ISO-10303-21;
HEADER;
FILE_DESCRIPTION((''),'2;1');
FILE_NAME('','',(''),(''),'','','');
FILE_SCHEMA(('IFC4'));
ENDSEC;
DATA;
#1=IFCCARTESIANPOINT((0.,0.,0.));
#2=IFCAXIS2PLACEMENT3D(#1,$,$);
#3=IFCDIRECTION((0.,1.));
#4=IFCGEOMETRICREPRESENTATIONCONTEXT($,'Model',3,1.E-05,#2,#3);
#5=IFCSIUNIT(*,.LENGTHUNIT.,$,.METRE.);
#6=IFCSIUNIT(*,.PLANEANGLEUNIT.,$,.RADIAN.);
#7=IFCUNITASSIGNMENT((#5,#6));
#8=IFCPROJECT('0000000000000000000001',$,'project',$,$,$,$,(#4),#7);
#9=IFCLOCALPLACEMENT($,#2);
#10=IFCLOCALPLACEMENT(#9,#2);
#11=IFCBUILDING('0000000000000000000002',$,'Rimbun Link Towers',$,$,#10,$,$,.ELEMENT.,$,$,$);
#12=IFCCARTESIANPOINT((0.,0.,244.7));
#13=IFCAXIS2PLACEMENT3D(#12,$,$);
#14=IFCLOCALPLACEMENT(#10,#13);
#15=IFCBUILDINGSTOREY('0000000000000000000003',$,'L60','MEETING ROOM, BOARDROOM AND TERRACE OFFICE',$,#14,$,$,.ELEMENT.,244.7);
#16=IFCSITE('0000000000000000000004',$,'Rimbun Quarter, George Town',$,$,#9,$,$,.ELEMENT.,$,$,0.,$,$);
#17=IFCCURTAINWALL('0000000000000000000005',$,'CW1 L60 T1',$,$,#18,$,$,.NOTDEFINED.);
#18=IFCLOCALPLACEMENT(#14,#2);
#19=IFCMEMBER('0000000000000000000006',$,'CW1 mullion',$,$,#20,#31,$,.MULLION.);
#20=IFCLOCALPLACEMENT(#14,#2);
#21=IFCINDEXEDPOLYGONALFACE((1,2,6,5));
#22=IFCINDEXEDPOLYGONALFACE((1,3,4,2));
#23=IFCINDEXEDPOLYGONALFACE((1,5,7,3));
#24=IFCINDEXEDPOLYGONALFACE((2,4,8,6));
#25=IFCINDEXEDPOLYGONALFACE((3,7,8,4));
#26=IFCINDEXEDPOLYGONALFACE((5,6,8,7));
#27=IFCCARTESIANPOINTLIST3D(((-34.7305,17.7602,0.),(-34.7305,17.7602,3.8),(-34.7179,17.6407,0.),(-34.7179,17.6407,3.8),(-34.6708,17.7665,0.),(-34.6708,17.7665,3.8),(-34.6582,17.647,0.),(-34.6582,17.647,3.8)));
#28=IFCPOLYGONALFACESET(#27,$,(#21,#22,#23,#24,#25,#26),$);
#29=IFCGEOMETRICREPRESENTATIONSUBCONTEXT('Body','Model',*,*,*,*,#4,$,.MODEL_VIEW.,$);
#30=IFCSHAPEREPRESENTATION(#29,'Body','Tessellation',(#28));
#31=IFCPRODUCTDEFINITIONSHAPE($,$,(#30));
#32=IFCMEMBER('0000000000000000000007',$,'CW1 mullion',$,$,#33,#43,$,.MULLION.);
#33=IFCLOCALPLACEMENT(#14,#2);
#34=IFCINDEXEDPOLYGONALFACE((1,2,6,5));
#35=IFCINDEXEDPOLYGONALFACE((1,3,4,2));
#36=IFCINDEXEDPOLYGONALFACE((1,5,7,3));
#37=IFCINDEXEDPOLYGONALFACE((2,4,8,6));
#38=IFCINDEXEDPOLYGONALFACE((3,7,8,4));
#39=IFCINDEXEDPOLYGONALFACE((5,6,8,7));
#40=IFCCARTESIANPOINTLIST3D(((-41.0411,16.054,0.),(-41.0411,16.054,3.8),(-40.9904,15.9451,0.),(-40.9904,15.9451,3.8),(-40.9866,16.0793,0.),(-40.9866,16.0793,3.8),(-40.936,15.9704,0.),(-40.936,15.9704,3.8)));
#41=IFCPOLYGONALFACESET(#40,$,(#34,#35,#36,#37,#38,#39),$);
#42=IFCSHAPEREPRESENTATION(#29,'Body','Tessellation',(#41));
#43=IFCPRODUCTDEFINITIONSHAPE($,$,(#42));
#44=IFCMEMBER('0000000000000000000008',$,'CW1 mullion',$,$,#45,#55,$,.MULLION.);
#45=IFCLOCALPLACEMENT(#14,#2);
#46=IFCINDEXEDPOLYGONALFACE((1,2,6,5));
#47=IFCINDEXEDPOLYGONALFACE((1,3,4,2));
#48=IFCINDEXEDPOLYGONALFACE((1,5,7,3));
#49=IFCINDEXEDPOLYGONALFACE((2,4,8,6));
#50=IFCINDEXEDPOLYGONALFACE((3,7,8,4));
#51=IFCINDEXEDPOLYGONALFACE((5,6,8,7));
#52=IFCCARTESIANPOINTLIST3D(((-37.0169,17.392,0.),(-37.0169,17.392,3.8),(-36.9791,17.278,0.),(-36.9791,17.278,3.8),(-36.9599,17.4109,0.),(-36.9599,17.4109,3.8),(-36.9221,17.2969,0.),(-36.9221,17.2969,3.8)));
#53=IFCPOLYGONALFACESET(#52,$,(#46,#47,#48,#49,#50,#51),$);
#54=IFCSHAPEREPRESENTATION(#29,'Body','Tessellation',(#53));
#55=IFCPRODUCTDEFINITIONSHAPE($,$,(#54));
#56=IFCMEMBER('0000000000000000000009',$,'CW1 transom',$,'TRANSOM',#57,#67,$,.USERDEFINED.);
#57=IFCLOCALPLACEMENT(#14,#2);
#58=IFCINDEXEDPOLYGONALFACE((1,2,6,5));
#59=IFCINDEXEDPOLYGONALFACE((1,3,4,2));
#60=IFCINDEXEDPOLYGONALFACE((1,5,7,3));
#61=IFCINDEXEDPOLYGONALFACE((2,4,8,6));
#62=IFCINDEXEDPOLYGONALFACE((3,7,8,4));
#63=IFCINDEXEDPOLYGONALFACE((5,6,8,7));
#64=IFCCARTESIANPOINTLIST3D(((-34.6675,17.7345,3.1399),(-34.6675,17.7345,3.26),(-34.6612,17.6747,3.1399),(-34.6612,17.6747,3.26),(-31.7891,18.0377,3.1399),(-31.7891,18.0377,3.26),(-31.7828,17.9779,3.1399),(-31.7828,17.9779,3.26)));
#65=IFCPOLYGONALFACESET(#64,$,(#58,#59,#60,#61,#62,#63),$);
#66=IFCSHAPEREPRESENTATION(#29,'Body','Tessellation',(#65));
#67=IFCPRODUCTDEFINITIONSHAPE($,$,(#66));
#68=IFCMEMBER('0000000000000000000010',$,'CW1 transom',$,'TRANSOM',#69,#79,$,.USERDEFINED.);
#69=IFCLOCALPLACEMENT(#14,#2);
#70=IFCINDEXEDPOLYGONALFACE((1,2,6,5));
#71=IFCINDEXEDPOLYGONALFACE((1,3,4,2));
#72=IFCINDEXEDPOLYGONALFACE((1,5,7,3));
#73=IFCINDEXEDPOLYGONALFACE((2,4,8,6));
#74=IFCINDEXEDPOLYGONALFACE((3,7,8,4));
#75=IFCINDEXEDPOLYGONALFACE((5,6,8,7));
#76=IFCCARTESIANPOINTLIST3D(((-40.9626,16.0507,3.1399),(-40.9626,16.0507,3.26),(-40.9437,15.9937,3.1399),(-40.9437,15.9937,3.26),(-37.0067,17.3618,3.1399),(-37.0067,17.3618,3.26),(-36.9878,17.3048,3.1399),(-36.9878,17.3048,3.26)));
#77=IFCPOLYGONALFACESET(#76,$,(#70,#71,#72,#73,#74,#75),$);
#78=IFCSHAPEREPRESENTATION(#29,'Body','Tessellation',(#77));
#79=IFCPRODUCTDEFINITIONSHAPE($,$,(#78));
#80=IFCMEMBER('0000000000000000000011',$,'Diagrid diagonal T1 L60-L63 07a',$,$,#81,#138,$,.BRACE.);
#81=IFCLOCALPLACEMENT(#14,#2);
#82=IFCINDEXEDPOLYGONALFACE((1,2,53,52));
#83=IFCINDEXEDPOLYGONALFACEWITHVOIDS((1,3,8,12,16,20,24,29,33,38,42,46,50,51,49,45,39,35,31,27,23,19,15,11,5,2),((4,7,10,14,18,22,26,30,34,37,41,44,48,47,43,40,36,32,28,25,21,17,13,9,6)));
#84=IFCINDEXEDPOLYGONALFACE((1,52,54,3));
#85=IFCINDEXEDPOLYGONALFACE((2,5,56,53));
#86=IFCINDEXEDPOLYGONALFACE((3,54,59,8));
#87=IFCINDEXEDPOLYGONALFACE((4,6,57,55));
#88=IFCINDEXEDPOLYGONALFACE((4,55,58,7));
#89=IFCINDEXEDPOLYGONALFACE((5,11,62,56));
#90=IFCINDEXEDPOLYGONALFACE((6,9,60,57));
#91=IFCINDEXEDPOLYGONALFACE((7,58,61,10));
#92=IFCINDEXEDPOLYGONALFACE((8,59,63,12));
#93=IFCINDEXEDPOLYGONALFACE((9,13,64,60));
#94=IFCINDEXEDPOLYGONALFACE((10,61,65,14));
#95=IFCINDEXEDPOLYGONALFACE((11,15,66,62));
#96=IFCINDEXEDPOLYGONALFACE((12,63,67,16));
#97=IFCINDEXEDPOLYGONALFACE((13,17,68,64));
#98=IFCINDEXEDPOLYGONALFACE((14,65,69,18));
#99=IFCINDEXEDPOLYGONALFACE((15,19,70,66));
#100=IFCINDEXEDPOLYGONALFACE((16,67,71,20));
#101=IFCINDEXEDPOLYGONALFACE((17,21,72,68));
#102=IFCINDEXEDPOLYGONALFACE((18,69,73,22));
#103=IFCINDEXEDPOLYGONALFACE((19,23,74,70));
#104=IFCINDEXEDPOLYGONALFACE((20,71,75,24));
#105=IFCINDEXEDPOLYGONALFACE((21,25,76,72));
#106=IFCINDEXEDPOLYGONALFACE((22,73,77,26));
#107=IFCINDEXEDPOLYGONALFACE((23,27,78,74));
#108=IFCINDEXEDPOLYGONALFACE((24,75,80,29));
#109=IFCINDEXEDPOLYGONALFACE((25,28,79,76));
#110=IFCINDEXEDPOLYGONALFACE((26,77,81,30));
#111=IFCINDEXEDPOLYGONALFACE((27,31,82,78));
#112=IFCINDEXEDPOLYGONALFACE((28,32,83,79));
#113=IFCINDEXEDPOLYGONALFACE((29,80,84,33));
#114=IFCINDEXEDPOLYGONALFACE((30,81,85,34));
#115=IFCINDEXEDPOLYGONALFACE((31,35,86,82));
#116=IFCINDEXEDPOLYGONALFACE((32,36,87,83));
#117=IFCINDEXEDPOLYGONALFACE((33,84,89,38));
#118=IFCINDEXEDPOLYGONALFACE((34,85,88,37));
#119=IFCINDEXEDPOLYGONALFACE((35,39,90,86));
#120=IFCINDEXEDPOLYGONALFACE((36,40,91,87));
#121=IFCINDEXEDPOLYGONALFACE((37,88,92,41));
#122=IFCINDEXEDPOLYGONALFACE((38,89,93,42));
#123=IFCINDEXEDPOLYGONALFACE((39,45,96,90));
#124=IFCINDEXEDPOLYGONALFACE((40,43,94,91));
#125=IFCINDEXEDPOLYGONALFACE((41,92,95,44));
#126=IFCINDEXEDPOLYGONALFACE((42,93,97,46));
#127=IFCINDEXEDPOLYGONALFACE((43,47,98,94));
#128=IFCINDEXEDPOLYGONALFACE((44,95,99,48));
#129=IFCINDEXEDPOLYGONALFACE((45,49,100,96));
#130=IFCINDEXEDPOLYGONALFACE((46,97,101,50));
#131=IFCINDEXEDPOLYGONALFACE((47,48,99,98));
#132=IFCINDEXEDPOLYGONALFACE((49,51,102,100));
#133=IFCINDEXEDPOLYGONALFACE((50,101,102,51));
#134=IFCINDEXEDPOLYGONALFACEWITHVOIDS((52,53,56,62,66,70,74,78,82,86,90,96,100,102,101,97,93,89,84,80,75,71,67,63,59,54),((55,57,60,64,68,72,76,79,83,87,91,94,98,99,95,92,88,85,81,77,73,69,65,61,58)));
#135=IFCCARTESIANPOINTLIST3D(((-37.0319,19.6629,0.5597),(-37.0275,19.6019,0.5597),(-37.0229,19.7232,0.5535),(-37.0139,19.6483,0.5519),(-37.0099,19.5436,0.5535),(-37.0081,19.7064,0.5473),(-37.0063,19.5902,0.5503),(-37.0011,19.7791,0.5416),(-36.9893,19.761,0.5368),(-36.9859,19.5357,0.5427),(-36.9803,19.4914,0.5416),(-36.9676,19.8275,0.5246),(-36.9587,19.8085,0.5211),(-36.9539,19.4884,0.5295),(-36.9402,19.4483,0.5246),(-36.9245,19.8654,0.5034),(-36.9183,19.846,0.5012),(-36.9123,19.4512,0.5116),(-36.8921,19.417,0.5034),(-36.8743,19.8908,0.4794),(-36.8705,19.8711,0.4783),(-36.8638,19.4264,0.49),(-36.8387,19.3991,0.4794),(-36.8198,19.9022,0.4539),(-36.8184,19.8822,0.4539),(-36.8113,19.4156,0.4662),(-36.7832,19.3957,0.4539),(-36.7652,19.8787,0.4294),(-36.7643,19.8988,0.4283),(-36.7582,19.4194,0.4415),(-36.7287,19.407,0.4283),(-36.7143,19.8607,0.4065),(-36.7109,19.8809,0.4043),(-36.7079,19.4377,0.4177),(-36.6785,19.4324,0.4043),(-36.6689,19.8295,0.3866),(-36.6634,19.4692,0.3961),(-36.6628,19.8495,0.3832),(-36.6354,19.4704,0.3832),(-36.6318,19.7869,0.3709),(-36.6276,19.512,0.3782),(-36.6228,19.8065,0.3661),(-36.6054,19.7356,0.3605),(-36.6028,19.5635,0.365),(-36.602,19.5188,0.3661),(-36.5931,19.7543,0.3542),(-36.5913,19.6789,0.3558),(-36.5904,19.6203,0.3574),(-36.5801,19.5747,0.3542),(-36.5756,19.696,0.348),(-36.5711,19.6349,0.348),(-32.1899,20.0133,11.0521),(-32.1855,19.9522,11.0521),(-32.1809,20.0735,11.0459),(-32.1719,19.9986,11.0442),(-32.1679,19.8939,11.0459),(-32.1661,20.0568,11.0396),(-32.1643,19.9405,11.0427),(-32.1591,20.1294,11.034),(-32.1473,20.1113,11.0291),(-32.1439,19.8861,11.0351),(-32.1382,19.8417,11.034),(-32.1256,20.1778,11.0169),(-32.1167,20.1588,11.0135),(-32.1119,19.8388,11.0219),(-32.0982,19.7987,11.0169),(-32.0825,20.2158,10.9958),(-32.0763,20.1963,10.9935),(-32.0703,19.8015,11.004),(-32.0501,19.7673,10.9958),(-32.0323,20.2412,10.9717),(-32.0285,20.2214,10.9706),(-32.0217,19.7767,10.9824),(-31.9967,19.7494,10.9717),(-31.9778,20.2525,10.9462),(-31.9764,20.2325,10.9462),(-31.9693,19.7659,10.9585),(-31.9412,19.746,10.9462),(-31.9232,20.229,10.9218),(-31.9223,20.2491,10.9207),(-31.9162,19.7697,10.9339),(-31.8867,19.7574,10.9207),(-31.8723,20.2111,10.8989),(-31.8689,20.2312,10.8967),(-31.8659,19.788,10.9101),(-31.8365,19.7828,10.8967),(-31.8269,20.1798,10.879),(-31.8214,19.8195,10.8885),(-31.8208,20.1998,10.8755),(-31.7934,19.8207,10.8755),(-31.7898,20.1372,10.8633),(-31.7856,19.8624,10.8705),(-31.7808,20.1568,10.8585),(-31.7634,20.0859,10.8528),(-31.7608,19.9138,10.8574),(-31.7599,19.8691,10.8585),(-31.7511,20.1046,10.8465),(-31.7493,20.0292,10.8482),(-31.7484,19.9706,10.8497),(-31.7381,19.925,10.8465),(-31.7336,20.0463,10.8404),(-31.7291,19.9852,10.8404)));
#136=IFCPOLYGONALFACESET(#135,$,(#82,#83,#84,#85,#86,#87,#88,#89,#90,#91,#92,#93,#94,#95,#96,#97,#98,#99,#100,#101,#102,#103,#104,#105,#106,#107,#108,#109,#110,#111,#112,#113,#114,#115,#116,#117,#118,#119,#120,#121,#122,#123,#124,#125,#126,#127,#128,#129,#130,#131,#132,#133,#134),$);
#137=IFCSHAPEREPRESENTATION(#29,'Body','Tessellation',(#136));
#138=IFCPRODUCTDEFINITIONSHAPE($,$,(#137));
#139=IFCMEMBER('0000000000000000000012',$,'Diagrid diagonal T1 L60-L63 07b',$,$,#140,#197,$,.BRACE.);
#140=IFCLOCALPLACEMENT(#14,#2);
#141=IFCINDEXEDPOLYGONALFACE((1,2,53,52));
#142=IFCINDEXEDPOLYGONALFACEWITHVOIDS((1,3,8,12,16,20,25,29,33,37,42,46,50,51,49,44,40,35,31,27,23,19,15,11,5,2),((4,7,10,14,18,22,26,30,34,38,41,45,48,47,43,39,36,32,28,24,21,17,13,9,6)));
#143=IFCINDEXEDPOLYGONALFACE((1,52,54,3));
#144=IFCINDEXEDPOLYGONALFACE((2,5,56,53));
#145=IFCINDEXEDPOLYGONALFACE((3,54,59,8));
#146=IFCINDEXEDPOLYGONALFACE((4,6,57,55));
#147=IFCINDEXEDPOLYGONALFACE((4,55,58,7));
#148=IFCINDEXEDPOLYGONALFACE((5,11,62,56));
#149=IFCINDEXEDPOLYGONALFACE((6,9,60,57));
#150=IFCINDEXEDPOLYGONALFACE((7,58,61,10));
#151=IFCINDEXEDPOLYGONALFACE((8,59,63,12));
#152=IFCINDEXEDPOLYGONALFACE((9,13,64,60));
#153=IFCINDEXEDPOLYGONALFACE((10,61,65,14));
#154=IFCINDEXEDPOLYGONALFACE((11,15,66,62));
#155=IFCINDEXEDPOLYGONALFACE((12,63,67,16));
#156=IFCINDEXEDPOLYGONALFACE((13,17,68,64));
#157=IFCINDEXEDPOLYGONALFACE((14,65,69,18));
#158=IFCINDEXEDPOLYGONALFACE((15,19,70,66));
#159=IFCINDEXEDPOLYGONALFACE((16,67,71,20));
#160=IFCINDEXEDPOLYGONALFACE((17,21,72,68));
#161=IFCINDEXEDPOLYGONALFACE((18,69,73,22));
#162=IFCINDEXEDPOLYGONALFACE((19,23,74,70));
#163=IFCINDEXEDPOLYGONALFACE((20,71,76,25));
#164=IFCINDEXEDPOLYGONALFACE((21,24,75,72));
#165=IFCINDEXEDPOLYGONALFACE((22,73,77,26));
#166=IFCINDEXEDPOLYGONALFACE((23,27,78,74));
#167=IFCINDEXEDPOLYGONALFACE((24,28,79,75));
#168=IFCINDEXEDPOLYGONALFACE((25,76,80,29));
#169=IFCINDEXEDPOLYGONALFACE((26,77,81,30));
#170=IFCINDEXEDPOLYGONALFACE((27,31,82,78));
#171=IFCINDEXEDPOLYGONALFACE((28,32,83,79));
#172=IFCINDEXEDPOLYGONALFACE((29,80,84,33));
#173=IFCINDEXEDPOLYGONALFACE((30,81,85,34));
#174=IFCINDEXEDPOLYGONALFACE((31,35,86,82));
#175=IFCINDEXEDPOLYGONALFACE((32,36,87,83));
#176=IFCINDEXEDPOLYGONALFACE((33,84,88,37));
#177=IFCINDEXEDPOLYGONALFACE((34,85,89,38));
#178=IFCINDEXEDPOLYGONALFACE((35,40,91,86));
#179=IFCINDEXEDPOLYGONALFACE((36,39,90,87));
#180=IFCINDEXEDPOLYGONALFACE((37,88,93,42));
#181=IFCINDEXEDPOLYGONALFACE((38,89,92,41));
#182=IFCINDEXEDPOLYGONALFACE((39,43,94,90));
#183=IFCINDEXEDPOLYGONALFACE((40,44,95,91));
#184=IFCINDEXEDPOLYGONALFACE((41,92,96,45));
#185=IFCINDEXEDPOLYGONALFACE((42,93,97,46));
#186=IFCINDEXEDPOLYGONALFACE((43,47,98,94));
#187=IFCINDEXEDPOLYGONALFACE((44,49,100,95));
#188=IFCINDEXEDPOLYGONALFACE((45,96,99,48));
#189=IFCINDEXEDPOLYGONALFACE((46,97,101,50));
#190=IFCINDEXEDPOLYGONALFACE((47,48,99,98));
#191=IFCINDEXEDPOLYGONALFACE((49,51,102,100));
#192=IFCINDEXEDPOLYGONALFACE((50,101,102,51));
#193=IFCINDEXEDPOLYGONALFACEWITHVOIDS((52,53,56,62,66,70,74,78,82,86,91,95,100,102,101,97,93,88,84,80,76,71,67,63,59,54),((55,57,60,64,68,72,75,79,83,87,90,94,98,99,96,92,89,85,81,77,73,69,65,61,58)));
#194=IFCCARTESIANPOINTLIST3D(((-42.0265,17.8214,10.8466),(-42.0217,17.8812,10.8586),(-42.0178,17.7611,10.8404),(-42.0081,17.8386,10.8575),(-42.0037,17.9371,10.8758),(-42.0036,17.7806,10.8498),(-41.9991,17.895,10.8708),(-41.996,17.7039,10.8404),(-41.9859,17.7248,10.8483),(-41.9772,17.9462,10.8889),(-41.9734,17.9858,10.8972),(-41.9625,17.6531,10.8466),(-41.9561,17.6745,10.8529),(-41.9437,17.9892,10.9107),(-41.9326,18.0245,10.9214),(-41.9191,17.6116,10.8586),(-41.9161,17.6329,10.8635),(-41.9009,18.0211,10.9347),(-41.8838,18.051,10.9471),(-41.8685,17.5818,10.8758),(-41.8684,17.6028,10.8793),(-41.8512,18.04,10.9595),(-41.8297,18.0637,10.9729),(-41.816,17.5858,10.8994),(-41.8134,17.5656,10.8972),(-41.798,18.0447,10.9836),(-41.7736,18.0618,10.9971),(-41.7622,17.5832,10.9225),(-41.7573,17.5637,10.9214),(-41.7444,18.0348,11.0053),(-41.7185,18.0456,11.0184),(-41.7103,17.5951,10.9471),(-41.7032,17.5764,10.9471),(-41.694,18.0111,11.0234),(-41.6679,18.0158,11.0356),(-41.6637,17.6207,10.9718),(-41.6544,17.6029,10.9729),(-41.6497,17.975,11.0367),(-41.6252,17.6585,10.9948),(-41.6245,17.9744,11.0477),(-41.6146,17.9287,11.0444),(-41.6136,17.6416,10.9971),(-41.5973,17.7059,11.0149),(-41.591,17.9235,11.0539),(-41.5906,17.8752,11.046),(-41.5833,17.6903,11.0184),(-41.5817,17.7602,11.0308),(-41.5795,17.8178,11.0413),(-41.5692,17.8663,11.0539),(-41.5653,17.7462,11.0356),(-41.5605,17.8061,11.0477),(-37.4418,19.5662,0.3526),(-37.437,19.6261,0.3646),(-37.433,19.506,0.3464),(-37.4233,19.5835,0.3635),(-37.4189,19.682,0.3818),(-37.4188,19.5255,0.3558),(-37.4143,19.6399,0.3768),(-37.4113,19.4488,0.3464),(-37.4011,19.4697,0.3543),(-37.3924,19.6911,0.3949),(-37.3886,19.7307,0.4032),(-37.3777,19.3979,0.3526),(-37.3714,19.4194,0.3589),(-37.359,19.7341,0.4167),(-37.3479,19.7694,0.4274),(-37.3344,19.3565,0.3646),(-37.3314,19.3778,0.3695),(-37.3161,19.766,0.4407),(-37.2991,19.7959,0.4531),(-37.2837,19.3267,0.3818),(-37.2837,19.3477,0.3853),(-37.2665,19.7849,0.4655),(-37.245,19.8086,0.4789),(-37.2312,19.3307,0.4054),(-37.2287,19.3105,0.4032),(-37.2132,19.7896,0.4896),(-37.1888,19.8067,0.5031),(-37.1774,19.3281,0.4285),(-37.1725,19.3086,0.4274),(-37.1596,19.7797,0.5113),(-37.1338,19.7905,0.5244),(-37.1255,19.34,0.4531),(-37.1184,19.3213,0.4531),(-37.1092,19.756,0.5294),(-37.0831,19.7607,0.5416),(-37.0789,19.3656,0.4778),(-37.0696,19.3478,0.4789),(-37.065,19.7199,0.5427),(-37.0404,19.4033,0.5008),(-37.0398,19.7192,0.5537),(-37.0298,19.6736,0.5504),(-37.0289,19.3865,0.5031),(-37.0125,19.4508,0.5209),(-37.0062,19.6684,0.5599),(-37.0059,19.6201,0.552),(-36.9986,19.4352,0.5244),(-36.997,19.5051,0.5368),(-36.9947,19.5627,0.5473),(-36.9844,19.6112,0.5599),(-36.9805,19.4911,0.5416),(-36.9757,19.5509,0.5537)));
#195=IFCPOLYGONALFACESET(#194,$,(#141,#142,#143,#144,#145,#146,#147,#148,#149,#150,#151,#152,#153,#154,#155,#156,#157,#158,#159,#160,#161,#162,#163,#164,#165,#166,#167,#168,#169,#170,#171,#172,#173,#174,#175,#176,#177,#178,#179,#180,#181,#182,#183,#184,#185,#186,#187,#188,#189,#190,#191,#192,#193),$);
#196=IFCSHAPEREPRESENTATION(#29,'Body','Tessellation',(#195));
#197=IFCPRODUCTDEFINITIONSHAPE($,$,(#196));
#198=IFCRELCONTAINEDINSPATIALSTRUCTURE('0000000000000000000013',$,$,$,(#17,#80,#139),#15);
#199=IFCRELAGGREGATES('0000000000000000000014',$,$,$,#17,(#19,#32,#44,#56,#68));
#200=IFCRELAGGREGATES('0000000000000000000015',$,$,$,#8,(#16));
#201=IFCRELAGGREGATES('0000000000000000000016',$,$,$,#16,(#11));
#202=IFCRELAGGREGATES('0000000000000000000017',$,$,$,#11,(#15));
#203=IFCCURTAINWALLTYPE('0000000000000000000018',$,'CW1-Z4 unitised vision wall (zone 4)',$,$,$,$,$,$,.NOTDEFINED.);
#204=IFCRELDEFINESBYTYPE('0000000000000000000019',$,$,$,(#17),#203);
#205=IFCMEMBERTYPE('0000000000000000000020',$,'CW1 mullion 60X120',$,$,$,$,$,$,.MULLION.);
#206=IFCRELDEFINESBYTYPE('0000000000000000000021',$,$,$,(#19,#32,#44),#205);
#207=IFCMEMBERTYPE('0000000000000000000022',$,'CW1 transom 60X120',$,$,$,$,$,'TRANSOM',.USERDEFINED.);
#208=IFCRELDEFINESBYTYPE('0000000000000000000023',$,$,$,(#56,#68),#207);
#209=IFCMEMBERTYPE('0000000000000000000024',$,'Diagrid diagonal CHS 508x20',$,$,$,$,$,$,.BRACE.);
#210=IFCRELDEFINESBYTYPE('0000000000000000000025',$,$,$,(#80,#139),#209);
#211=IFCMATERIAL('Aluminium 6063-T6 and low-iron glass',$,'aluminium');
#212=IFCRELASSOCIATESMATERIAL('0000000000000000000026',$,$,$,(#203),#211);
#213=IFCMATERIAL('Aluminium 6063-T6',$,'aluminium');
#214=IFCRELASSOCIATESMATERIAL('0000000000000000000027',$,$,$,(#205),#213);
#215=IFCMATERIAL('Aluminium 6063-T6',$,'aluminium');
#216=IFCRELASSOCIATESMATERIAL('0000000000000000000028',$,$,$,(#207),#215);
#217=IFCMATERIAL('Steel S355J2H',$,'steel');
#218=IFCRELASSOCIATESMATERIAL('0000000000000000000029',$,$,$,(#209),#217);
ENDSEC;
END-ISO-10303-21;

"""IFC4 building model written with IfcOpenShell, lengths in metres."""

from ifc_helpers import new_model, si_unit, direction, frame, origin, origin_2d, place, context, subcontext, project, spatial, rectangle, hollow_circle, extrude, material, material_profile, profile_set, type_object, element, aggregate, save


model = new_model("IFC4")

# Units and contexts
model_context = context("Model", 3, precision=1e-05, world=origin(), true_north=direction((0.0, 1.0)))
body_context = subcontext(model_context, "Body", "Model", "MODEL_VIEW")
ifc_project = project(units=[si_unit("LENGTHUNIT", "METRE"), si_unit("PLANEANGLEUNIT", "RADIAN")], contexts=[model_context])

# Site, building, storey
site_placement = place(None, origin())
site = spatial("IfcSite", under=ifc_project, at=site_placement, Name="Rimbun Quarter, George Town", CompositionType="ELEMENT", RefElevation=0.0)
building_placement = place(site_placement, origin())
building = spatial("IfcBuilding", under=site, at=building_placement, Name="Rimbun Link Towers", CompositionType="ELEMENT")
storey_placement = place(building_placement, frame((0.0, 0.0, 244.7)))
storey = spatial("IfcBuildingStorey", under=building, at=storey_placement, Name="L60", Description="MEETING ROOM, BOARDROOM AND TERRACE OFFICE", CompositionType="ELEMENT", Elevation=244.7)

# Curtain wall, members
ifc_material_1 = material(Name="Aluminium 6063-T6 and low-iron glass", Category="aluminium")
curtain_wall_type = type_object("IfcCurtainWallType", Name="CW1-Z4 unitised vision wall (zone 4)", PredefinedType="NOTDEFINED", material=ifc_material_1)
curtain_wall_placement = place(storey_placement, origin())
curtain_wall = element("IfcCurtainWall", 1, at=curtain_wall_placement, inside=storey, type_object=curtain_wall_type, Name="CW1 L60 T1", PredefinedType="NOTDEFINED")
ifc_material_2 = material(Name="Aluminium 6063-T6", Category="aluminium")
ifc_material_profile_1 = material_profile(ifc_material_2, rectangle(XDim=0.1201, YDim=0.0601, at=origin_2d()), Name="MULLION 60X120")
ifc_profile_set_1 = profile_set([ifc_material_profile_1], Name="Aluminium 6063-T6")
member_type_1 = type_object("IfcMemberType", Name="CW1 mullion 60X120", PredefinedType="MULLION", material=ifc_profile_set_1)
member_1_placement = place(storey_placement, frame((-34.6943, 17.7036, 0.0), z_axis=(0.0, 0.0, 1.0), x_axis=(-0.104732, 0.9945, 0.0)))
member_1 = element("IfcMember", 2, at=member_1_placement, type_object=member_type_1, Name="CW1 mullion", PredefinedType="MULLION", context=body_context, shape_type="SweptSolid", body=[
    extrude(rectangle(XDim=0.1201, YDim=0.0601, at=origin_2d()), origin(), (0.0, 0.0, 1.0), 3.8),
])
member_2_placement = place(storey_placement, frame((-40.9885, 16.0122, 0.0), z_axis=(0.0, 0.0, 1.0), x_axis=(-0.4217, 0.906735, 0.0)))
member_2 = element("IfcMember", 3, at=member_2_placement, type_object=member_type_1, Name="CW1 mullion", PredefinedType="MULLION", context=body_context, shape_type="SweptSolid", body=[
    extrude(rectangle(XDim=0.1201, YDim=0.0601, at=origin_2d()), origin(), (0.0, 0.0, 1.0), 3.8),
])
member_3_placement = place(storey_placement, frame((-36.9695, 17.3445, 0.0), z_axis=(0.0, 0.0, 1.0), x_axis=(-0.314569, 0.949234, 0.0)))
member_3 = element("IfcMember", 4, at=member_3_placement, type_object=member_type_1, Name="CW1 mullion", PredefinedType="MULLION", context=body_context, shape_type="SweptSolid", body=[
    extrude(rectangle(XDim=0.1201, YDim=0.0601, at=origin_2d()), origin(), (0.0, 0.0, 1.0), 3.8),
])
ifc_material_3 = material(Name="Aluminium 6063-T6", Category="aluminium")
ifc_material_profile_2 = material_profile(ifc_material_3, rectangle(XDim=0.0601, YDim=0.1201, at=origin_2d()), Name="TRANSOM 60X120")
ifc_profile_set_2 = profile_set([ifc_material_profile_2], Name="Aluminium 6063-T6")
member_type_2 = type_object("IfcMemberType", Name="CW1 transom 60X120", ElementType="TRANSOM", PredefinedType="USERDEFINED", material=ifc_profile_set_2)
member_4_placement = place(storey_placement, frame((-34.6643, 17.7046, 3.2), z_axis=(0.994497, 0.104764, 0.0), x_axis=(-0.104764, 0.994497, 0.0)))
member_4 = element("IfcMember", 5, at=member_4_placement, type_object=member_type_2, Name="CW1 transom", ObjectType="TRANSOM", PredefinedType="USERDEFINED", context=body_context, shape_type="SweptSolid", body=[
    extrude(rectangle(XDim=0.0601, YDim=0.1201, at=origin_2d()), origin(), (0.0, 0.0, 1.0), 2.8943),
])
member_5_placement = place(storey_placement, frame((-40.9531, 16.0222, 3.2), z_axis=(0.949227, 0.314593, 0.0), x_axis=(-0.314593, 0.949227, 0.0)))
member_5 = element("IfcMember", 6, at=member_5_placement, type_object=member_type_2, Name="CW1 transom", ObjectType="TRANSOM", PredefinedType="USERDEFINED", context=body_context, shape_type="SweptSolid", body=[
    extrude(rectangle(XDim=0.0601, YDim=0.1201, at=origin_2d()), origin(), (0.0, 0.0, 1.0), 4.1675),
])

# Members
ifc_material_4 = material(Name="Steel S355J2H", Category="steel")
ifc_material_profile_3 = material_profile(ifc_material_4, hollow_circle(Radius=0.2539, WallThickness=0.02, at=origin_2d()), Name="Diagrid diagonal CHS 508x20")
ifc_profile_set_3 = profile_set([ifc_material_profile_3], Name="Steel S355J2H")
member_type_3 = type_object("IfcMemberType", Name="Diagrid diagonal CHS 508x20", PredefinedType="BRACE", material=ifc_profile_set_3)
member_6_placement = place(storey_placement, frame((-36.8015, 19.6489, 0.4539), z_axis=(0.418822, 0.030303, 0.907563), x_axis=(-0.072166, 0.997393, 0.0)))
element("IfcMember", 7, at=member_6_placement, inside=storey, type_object=member_type_3, Name="Diagrid diagonal T1 L60-L63 07a", PredefinedType="BRACE", context=body_context, shape_type="SweptSolid", body=[
    extrude(hollow_circle(Radius=0.2539, WallThickness=0.02, at=origin_2d()), origin(), (0.0, 0.0, 1.0), 11.561),
])
member_7_placement = place(storey_placement, frame((-37.2087, 19.5586, 0.4531), z_axis=(-0.395785, -0.15063, 0.905906), x_axis=(0.355695, -0.934602, 0.0)))
element("IfcMember", 8, at=member_7_placement, inside=storey, type_object=member_type_3, Name="Diagrid diagonal T1 L60-L63 07b", PredefinedType="BRACE", context=body_context, shape_type="SweptSolid", body=[
    extrude(hollow_circle(Radius=0.2539, WallThickness=0.02, at=origin_2d()), origin(), (0.0, 0.0, 1.0), 11.584),
])

aggregate(curtain_wall, [member_1, member_2, member_3, member_4, member_5])

save(model, "model.ifc")
